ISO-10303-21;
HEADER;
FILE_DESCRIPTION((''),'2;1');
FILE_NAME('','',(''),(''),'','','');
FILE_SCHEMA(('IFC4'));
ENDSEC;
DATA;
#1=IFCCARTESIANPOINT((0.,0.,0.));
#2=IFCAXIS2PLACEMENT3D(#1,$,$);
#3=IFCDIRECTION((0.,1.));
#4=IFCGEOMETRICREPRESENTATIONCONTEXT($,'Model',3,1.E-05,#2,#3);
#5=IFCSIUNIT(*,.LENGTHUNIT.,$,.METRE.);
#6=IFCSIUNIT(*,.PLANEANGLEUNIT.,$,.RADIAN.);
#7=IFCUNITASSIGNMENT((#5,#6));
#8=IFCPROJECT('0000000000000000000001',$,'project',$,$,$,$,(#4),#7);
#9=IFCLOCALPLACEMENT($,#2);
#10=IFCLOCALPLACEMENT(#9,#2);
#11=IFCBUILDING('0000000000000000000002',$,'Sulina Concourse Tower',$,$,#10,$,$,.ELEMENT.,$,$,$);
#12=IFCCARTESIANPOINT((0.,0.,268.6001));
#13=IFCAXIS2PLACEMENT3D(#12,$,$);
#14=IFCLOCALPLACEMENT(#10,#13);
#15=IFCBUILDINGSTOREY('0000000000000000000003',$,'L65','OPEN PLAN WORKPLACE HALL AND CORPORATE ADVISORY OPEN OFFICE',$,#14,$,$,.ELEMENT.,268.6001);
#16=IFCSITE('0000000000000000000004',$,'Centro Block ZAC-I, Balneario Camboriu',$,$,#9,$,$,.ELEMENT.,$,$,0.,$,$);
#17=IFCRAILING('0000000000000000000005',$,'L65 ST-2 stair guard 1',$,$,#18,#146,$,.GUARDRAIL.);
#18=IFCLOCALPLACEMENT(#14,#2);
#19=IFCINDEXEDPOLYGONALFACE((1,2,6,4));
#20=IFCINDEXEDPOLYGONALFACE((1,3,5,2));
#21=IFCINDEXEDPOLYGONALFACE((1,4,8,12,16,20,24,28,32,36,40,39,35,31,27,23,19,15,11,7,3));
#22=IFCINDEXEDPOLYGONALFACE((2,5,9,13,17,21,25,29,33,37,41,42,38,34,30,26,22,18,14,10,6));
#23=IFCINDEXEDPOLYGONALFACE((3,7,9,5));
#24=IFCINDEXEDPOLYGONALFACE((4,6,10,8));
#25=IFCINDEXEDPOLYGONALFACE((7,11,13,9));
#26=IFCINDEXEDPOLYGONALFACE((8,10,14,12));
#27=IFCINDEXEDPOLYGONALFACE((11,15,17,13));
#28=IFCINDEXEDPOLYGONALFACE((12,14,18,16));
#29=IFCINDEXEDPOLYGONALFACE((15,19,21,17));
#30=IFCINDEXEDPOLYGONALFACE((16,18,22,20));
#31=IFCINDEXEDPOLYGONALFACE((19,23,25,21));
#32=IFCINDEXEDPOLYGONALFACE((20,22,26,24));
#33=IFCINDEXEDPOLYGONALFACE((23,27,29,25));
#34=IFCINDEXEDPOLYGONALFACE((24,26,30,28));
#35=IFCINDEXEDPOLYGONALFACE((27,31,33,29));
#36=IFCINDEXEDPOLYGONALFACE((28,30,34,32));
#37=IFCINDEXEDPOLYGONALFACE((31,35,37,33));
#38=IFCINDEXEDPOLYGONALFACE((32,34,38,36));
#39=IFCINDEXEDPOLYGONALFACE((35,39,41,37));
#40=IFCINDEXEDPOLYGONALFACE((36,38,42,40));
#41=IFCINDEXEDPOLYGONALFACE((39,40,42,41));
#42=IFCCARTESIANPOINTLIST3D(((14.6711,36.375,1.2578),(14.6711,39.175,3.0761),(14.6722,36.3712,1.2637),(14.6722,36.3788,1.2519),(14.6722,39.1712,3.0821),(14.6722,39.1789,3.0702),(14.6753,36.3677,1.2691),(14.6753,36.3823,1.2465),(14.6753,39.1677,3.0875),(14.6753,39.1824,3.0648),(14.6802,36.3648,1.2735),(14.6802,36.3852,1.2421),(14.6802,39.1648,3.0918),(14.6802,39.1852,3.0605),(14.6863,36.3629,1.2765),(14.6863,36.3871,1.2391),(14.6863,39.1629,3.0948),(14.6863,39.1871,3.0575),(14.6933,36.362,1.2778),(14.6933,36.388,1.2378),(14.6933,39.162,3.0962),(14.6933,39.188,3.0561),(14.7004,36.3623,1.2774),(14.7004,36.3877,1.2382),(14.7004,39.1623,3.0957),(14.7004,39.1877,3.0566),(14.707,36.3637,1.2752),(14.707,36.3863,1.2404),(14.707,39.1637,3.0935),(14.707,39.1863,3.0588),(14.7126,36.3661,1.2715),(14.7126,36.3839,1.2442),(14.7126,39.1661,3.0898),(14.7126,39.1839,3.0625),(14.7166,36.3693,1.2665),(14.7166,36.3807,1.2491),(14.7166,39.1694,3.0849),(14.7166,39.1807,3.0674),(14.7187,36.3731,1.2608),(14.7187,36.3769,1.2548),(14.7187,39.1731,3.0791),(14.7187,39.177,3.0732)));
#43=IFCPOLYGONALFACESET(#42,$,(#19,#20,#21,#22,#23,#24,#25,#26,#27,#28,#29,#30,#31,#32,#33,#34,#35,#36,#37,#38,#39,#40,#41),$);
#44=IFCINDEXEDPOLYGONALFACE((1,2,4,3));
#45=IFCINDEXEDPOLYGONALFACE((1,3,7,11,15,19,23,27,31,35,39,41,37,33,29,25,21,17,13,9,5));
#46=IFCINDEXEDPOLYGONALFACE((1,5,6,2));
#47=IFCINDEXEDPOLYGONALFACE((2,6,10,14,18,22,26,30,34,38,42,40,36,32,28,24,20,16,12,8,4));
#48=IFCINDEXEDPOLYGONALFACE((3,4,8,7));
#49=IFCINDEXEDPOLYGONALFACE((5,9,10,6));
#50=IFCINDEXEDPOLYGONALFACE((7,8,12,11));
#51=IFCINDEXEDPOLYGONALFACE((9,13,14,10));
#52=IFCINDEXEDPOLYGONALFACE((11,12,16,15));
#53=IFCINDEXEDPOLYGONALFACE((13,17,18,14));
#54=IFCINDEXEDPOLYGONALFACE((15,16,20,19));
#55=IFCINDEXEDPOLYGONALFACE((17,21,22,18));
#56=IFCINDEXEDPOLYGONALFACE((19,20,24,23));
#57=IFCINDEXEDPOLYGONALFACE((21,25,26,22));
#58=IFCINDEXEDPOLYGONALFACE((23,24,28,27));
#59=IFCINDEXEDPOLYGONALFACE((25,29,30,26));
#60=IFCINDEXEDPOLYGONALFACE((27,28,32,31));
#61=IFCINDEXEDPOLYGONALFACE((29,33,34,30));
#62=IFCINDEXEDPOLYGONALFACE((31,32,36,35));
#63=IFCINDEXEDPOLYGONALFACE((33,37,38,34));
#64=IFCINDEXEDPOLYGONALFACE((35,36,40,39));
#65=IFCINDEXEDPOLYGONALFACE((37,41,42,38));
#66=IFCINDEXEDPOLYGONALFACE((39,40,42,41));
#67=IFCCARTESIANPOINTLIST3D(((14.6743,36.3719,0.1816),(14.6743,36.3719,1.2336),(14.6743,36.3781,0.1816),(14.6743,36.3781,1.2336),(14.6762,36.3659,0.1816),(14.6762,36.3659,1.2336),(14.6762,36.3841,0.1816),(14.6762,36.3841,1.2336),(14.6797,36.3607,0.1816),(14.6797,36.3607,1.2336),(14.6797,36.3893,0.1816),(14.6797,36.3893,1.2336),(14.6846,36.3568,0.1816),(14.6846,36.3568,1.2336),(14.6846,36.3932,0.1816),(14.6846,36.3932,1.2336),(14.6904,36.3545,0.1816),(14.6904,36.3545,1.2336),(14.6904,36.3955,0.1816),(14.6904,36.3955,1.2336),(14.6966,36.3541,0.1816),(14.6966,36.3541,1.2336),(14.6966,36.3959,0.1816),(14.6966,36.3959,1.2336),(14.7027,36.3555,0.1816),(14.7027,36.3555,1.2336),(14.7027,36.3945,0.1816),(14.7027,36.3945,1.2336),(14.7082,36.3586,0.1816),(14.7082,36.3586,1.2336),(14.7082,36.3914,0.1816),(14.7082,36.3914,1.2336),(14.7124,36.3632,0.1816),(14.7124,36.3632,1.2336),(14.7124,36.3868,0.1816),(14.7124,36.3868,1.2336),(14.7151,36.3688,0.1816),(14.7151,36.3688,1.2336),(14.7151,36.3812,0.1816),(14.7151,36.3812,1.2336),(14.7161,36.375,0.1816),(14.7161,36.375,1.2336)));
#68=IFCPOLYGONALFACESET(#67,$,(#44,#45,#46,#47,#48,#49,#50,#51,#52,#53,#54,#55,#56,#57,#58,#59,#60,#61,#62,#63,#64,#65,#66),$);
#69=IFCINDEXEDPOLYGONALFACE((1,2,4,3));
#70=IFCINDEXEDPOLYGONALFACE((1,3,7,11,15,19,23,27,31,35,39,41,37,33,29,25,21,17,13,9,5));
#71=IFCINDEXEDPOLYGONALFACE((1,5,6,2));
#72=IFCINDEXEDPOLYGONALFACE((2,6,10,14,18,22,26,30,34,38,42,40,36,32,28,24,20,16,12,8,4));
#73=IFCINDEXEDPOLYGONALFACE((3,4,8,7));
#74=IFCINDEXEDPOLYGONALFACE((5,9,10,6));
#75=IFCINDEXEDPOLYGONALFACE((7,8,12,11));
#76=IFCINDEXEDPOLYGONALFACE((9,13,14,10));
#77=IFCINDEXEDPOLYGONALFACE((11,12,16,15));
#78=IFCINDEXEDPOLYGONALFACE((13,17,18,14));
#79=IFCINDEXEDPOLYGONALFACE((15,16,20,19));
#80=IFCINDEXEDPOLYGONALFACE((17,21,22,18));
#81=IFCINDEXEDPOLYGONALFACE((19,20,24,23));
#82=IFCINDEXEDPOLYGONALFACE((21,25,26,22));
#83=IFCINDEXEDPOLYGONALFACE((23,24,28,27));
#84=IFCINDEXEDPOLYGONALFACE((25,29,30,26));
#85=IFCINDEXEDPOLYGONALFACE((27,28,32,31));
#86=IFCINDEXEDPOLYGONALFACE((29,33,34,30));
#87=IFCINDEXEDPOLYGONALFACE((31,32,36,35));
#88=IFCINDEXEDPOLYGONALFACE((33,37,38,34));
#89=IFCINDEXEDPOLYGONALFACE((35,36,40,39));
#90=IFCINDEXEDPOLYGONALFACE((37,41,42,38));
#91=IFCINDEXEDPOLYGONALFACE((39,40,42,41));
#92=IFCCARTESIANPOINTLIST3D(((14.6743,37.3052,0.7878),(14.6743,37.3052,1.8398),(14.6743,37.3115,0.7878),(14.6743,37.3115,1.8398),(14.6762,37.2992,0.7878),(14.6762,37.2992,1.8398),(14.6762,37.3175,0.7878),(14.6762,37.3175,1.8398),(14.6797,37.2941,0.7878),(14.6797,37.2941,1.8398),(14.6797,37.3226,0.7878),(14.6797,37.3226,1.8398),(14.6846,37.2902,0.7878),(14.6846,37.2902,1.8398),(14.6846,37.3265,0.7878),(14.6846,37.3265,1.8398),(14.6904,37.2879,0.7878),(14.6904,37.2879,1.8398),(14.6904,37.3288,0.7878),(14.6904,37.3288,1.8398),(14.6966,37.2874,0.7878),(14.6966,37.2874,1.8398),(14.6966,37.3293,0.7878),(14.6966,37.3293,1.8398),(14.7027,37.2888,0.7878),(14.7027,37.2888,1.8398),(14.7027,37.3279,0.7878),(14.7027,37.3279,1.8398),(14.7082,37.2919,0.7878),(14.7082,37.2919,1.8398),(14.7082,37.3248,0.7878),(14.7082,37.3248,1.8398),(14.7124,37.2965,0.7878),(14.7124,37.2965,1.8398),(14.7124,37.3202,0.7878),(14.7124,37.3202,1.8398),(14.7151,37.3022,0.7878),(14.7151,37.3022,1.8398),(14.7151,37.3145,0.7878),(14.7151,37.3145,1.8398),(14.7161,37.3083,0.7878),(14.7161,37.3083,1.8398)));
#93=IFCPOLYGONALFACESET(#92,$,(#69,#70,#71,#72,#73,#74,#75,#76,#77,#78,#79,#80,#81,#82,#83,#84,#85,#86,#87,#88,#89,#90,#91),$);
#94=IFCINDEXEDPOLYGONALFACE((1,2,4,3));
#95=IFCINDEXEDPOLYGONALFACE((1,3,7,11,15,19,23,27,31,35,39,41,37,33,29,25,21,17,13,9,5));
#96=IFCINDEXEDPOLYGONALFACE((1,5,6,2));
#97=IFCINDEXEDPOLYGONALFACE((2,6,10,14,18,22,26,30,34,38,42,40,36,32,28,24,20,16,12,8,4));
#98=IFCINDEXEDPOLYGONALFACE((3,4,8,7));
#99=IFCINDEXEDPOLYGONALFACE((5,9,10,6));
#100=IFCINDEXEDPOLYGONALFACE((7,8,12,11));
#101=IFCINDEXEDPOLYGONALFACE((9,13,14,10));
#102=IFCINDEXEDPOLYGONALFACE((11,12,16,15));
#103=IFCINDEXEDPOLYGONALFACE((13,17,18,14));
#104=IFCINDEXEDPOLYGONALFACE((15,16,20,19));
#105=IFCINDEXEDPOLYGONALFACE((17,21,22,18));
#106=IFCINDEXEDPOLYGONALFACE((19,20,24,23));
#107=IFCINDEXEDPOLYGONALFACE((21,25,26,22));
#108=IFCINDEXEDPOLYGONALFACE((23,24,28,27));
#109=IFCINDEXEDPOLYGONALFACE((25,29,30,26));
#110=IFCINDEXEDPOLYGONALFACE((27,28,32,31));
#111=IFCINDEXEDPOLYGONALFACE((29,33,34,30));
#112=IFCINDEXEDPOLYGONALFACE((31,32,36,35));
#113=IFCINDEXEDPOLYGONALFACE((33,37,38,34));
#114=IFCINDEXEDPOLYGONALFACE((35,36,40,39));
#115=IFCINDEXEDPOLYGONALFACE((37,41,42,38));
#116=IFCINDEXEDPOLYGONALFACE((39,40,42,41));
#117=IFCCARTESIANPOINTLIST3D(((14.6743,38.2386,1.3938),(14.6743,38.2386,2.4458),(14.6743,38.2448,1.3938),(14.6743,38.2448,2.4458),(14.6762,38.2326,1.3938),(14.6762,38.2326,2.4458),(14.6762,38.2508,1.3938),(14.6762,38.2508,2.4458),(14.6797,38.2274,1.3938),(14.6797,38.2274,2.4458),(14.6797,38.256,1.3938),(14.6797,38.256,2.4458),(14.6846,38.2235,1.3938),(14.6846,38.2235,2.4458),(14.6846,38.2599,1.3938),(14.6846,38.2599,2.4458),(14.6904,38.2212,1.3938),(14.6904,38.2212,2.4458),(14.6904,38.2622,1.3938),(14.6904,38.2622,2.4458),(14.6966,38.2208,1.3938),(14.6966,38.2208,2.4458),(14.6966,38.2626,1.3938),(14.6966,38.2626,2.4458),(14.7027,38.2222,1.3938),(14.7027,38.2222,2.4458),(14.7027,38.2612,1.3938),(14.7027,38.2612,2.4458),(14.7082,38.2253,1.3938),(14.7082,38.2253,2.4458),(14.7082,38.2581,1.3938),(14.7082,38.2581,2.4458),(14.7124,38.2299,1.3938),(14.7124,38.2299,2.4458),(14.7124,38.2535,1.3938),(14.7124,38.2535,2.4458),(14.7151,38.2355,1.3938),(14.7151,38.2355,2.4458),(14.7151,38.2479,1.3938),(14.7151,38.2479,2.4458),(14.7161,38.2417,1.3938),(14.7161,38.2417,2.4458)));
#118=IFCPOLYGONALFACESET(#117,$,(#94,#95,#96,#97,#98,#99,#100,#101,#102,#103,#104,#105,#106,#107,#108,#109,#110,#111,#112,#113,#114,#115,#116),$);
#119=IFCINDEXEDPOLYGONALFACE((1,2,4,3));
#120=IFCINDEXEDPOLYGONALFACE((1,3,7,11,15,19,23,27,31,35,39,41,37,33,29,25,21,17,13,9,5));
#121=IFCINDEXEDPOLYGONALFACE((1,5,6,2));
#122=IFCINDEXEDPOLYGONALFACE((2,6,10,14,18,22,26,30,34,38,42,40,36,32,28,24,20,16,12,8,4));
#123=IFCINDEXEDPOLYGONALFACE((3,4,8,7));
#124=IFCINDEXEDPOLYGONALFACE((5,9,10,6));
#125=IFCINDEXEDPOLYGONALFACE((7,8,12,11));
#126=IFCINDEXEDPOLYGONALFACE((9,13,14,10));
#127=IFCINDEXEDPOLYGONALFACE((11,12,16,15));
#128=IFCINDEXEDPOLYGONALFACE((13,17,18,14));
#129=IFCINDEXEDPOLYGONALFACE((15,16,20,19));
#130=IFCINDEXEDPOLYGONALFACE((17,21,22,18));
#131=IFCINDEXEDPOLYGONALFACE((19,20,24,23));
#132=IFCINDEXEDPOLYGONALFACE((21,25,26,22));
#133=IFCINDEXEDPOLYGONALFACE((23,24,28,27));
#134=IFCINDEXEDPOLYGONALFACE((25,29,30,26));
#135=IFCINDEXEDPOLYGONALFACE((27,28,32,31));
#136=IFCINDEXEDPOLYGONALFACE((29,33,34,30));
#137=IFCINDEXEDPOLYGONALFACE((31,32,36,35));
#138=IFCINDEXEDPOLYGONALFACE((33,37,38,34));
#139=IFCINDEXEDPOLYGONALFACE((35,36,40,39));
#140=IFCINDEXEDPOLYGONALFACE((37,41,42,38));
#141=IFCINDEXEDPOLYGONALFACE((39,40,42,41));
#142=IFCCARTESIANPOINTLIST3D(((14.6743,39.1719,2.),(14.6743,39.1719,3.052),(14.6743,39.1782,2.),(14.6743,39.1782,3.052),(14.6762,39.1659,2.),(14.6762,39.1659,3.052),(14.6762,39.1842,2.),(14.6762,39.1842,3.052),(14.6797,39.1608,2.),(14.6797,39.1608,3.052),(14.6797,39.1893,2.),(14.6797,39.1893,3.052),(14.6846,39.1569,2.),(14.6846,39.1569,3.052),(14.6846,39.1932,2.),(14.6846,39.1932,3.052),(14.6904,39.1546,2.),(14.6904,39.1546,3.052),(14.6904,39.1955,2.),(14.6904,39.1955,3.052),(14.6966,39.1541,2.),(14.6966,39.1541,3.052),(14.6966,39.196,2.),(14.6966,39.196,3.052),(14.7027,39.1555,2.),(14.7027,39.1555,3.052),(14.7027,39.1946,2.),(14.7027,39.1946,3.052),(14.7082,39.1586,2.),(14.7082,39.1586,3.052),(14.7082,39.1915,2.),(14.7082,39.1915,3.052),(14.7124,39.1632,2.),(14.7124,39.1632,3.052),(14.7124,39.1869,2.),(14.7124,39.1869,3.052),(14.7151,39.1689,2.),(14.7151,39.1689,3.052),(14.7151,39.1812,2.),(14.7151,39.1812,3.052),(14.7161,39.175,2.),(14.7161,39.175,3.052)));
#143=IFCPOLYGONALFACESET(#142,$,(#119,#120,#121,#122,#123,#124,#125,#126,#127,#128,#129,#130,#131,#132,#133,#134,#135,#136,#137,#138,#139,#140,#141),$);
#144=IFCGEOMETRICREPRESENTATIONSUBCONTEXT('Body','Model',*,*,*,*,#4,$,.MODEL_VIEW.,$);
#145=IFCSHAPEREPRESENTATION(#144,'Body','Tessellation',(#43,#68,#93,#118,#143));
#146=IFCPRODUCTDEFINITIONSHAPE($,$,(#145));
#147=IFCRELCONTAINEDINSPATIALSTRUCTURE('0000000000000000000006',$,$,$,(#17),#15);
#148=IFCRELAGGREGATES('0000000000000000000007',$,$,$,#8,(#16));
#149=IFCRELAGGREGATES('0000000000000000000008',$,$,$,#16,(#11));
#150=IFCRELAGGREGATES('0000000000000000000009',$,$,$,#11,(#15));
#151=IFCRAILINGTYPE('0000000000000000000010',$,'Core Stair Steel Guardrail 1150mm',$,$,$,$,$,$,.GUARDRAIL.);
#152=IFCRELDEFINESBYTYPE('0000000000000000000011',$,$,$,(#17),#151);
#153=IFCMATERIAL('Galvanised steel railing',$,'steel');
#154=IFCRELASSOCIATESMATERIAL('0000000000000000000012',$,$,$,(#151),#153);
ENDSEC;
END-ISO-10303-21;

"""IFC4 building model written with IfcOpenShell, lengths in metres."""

from ifc_helpers import new_model, si_unit, direction, frame, origin, origin_2d, place, context, subcontext, project, spatial, circle, extrude, material, type_object, element, save


model = new_model("IFC4")

# Units and contexts
model_context = context("Model", 3, precision=1e-05, world=origin(), true_north=direction((0.0, 1.0)))
body_context = subcontext(model_context, "Body", "Model", "MODEL_VIEW")
ifc_project = project(units=[si_unit("LENGTHUNIT", "METRE"), si_unit("PLANEANGLEUNIT", "RADIAN")], contexts=[model_context])

# Site, building, storey
site_placement = place(None, origin())
site = spatial("IfcSite", under=ifc_project, at=site_placement, Name="Centro Block ZAC-I, Balneario Camboriu", CompositionType="ELEMENT", RefElevation=0.0)
building_placement = place(site_placement, origin())
building = spatial("IfcBuilding", under=site, at=building_placement, Name="Sulina Concourse Tower", CompositionType="ELEMENT")
storey_placement = place(building_placement, frame((0.0, 0.0, 268.6001)))
storey = spatial("IfcBuildingStorey", under=building, at=storey_placement, Name="L65", Description="OPEN PLAN WORKPLACE HALL AND CORPORATE ADVISORY OPEN OFFICE", CompositionType="ELEMENT", Elevation=268.6001)

# Railing
ifc_material_1 = material(Name="Galvanised steel railing", Category="steel")
railing_type_1 = type_object("IfcRailingType", Name="Core Stair Steel Guardrail 1150mm", PredefinedType="GUARDRAIL", material=ifc_material_1)
railing_1_placement = place(storey_placement, frame((14.6951, 36.375, 0.1816)))
element("IfcRailing", 1, at=railing_1_placement, inside=storey, type_object=railing_type_1, Name="L65 ST-2 stair guard 1", PredefinedType="GUARDRAIL", context=body_context, shape_type="SweptSolid", body=[
    extrude(circle(Radius=0.0239, at=origin_2d()), frame((0.0, 0.0, 1.0762), z_axis=(0.0, 0.838672, 0.544636), x_axis=(-1.0, 0.0, 0.0)), (0.0, 0.0, 1.0), 3.3386),
    extrude(circle(Radius=0.021, at=origin_2d()), origin(), (0.0, 0.0, 1.0), 1.052),
    extrude(circle(Radius=0.021, at=origin_2d()), frame((0.0, 0.9333, 0.6062)), (0.0, 0.0, 1.0), 1.052),
    extrude(circle(Radius=0.021, at=origin_2d()), frame((0.0, 1.8667, 1.2122)), (0.0, 0.0, 1.0), 1.052),
    extrude(circle(Radius=0.021, at=origin_2d()), frame((0.0, 2.8, 1.8184)), (0.0, 0.0, 1.0), 1.052),
])

save(model, "model.ifc")
